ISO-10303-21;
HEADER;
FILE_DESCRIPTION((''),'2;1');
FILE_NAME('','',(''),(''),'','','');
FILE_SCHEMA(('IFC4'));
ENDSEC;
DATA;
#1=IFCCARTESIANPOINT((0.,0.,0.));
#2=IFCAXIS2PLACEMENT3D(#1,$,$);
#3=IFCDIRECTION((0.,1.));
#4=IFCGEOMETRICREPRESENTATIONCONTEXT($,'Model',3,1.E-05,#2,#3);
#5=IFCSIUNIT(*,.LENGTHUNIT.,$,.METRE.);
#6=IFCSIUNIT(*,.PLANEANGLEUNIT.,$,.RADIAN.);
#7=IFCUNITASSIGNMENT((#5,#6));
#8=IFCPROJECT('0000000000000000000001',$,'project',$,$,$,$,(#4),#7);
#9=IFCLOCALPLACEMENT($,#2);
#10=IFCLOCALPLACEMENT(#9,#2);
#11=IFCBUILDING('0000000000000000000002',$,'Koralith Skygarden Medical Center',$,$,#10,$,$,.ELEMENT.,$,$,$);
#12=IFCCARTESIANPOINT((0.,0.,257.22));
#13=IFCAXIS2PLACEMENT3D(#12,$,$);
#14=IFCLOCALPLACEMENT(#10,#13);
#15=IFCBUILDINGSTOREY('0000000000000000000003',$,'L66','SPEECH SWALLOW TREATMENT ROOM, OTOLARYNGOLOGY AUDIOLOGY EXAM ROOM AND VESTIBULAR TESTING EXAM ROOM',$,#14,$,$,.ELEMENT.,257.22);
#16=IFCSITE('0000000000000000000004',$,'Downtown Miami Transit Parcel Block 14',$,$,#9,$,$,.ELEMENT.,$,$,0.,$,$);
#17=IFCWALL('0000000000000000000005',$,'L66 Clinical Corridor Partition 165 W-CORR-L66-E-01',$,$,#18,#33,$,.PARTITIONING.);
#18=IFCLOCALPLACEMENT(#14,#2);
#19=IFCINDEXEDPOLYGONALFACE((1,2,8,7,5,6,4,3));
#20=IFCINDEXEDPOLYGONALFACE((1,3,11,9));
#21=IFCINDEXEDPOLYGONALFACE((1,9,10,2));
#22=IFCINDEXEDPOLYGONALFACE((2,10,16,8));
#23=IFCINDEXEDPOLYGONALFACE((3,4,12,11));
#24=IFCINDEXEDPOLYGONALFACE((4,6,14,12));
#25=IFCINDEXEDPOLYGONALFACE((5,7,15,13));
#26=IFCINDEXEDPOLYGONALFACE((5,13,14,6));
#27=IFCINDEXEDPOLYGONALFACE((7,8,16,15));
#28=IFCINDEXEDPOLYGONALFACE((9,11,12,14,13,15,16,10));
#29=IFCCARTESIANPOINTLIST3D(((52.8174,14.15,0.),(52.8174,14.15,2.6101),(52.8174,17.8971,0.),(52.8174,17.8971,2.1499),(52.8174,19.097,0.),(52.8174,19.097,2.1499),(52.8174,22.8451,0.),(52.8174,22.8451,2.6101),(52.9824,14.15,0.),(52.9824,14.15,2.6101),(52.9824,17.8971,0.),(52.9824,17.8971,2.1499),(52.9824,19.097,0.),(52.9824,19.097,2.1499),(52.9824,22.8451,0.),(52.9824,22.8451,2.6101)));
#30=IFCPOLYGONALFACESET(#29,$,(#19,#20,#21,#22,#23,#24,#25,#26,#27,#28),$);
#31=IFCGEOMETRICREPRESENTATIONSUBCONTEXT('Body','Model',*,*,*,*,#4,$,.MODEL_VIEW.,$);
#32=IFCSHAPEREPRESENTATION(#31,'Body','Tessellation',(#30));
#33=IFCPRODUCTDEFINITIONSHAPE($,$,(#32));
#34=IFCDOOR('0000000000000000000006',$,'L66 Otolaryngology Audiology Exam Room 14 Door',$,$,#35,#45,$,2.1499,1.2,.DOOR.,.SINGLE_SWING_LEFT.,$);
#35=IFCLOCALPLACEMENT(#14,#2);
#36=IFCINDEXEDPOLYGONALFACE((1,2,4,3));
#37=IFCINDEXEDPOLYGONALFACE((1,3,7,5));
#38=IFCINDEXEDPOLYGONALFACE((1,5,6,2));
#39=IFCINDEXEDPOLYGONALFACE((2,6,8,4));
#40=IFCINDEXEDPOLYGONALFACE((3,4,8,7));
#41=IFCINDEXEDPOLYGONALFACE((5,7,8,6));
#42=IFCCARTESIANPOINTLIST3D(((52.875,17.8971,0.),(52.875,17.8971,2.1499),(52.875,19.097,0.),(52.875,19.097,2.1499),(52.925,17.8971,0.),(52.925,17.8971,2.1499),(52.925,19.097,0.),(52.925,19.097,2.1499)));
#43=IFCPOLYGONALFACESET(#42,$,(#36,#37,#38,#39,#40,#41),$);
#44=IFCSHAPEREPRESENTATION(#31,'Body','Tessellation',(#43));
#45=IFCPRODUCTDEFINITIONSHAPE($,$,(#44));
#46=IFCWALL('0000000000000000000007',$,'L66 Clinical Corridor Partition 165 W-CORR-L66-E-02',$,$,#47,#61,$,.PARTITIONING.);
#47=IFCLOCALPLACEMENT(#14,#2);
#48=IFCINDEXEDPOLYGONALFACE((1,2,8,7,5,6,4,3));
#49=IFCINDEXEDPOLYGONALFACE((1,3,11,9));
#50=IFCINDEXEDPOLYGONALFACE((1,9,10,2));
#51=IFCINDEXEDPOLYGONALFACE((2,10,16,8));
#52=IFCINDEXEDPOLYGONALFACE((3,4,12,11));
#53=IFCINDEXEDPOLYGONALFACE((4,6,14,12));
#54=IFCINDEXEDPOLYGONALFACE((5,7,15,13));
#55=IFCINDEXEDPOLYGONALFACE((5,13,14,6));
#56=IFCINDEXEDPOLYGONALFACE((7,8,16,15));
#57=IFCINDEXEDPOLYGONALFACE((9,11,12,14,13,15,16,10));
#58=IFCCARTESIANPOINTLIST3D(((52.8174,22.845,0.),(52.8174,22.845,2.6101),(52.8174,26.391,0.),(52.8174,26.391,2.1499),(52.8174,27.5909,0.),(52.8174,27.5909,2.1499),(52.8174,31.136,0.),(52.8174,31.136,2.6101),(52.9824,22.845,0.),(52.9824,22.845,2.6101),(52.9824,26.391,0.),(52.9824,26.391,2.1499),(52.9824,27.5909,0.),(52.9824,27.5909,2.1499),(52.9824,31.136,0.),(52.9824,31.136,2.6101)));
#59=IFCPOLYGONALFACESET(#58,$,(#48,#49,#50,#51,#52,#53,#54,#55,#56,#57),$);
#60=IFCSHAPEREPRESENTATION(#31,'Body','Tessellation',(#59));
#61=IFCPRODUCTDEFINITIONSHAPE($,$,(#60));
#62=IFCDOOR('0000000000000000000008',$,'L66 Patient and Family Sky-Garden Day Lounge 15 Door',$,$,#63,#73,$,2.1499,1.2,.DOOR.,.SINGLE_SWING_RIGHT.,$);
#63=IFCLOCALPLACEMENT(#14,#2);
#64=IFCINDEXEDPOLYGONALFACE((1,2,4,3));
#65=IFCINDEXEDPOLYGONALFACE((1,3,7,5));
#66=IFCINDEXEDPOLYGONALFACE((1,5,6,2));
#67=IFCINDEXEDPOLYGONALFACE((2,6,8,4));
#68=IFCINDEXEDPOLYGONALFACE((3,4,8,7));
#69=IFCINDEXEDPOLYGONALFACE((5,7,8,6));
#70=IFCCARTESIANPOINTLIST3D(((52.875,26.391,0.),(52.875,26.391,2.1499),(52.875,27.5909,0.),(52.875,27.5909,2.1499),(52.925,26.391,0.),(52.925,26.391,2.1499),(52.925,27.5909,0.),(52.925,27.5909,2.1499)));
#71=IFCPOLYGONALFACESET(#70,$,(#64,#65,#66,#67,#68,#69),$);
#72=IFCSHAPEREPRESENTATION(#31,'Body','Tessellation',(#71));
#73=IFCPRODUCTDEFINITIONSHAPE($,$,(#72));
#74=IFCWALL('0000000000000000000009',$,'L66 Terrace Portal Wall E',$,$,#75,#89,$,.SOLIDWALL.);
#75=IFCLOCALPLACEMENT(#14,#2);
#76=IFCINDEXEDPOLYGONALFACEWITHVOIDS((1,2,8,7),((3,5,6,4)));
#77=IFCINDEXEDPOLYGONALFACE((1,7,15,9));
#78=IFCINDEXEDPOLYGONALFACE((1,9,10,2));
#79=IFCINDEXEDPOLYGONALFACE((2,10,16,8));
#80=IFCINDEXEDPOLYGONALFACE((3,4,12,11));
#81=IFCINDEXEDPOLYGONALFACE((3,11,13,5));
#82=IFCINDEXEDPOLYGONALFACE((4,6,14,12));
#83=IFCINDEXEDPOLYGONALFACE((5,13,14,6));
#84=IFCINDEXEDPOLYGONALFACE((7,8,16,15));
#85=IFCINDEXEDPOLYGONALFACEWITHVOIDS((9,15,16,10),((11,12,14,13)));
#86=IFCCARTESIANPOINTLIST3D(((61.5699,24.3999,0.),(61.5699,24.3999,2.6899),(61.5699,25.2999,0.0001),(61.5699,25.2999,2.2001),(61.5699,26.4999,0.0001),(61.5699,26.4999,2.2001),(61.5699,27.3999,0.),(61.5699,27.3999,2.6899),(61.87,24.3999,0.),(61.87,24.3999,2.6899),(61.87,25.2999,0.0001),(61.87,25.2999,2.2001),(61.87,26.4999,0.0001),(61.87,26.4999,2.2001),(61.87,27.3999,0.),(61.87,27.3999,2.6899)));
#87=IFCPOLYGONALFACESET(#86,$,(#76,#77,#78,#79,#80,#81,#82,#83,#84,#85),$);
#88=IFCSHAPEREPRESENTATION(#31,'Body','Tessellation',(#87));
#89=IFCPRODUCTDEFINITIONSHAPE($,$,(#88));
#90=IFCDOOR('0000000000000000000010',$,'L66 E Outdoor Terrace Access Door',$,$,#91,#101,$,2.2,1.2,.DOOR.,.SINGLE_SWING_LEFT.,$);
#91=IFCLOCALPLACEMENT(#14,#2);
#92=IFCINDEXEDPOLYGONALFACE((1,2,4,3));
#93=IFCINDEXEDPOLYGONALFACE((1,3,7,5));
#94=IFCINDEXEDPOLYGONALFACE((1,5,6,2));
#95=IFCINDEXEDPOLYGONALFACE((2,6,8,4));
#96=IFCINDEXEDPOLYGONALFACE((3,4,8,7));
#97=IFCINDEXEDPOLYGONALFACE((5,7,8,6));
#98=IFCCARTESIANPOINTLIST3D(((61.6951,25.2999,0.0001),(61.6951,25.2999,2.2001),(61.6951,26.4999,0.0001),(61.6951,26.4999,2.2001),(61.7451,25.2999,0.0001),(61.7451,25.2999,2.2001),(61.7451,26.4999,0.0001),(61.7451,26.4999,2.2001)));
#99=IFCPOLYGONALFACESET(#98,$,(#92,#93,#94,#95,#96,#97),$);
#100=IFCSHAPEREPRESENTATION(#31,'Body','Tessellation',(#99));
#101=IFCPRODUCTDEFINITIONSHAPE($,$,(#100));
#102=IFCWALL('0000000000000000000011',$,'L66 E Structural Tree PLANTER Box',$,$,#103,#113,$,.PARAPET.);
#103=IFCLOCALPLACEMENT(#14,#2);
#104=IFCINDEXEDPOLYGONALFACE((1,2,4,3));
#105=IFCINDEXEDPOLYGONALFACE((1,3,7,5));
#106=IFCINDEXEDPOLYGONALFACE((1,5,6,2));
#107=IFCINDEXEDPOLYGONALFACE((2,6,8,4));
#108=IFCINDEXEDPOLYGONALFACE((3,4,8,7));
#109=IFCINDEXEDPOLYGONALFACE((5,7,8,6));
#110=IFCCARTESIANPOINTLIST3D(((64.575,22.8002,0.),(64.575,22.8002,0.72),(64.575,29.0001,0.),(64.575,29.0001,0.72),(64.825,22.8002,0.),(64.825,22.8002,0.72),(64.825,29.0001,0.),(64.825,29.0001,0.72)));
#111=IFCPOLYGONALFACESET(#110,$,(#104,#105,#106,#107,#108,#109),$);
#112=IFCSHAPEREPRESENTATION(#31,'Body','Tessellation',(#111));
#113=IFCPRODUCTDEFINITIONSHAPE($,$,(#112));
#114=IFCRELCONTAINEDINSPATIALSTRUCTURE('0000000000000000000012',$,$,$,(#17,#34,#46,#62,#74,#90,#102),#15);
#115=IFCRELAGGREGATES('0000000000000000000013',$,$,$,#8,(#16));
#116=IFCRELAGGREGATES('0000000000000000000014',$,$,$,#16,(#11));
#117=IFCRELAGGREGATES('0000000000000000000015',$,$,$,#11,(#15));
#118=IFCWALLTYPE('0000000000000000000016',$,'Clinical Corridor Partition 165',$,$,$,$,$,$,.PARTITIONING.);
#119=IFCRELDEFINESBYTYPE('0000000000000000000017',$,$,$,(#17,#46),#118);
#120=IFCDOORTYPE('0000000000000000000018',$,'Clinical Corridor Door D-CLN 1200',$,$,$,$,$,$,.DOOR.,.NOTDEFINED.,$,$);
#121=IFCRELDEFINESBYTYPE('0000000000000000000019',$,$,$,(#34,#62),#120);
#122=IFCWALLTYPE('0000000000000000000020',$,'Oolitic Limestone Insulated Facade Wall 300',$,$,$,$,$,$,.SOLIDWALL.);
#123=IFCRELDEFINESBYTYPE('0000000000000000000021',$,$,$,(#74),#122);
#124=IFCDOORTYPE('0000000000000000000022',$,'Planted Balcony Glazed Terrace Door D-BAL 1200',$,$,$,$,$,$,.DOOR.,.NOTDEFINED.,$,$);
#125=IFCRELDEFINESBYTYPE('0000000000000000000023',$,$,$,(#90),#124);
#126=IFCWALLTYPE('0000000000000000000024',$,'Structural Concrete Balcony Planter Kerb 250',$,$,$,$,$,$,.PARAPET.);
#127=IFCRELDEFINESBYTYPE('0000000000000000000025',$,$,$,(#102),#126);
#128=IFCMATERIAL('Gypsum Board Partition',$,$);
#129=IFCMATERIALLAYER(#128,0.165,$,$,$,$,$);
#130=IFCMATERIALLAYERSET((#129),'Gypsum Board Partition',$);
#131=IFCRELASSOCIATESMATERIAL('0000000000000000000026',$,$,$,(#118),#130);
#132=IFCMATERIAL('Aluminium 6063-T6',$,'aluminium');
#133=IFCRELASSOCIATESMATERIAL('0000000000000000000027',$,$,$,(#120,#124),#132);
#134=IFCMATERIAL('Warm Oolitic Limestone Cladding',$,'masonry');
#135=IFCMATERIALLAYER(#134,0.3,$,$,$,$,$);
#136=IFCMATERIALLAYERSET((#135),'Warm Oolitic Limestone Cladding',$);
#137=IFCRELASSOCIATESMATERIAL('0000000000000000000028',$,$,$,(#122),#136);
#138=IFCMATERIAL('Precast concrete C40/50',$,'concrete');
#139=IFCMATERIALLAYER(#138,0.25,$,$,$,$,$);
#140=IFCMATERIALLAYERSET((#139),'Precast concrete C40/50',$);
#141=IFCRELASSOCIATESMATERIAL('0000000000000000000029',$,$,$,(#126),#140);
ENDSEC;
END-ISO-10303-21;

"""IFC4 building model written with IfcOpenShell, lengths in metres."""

from ifc_helpers import new_model, si_unit, direction, frame, frame_2d, origin, place, context, subcontext, project, spatial, rectangle, extrude, material, layer, layer_set, type_object, element, fill, save


model = new_model("IFC4")

# Units and contexts
model_context = context("Model", 3, precision=1e-05, world=origin(), true_north=direction((0.0, 1.0)))
body_context = subcontext(model_context, "Body", "Model", "MODEL_VIEW")
ifc_project = project(units=[si_unit("LENGTHUNIT", "METRE"), si_unit("PLANEANGLEUNIT", "RADIAN")], contexts=[model_context])

# Site, building, storey
site_placement = place(None, origin())
site = spatial("IfcSite", under=ifc_project, at=site_placement, Name="Downtown Miami Transit Parcel Block 14", CompositionType="ELEMENT", RefElevation=0.0)
building_placement = place(site_placement, origin())
building = spatial("IfcBuilding", under=site, at=building_placement, Name="Koralith Skygarden Medical Center", CompositionType="ELEMENT")
storey_placement = place(building_placement, frame((0.0, 0.0, 257.22)))
storey = spatial("IfcBuildingStorey", under=building, at=storey_placement, Name="L66", Description="SPEECH SWALLOW TREATMENT ROOM, OTOLARYNGOLOGY AUDIOLOGY EXAM ROOM AND VESTIBULAR TESTING EXAM ROOM", CompositionType="ELEMENT", Elevation=257.22)

# Shared definitions
ifc_material_1 = material(Name="Aluminium 6063-T6", Category="aluminium")

# Shared definitions
ifc_material_2 = material(Name="Gypsum Board Partition")

# Walls, openings, doors
ifc_layer_1 = layer(ifc_material_2, 0.165)
ifc_layer_set_1 = layer_set([ifc_layer_1], Name="Gypsum Board Partition")
wall_type_1 = type_object("IfcWallType", Name="Clinical Corridor Partition 165", PredefinedType="PARTITIONING", material=ifc_layer_set_1)
wall_1_placement = place(storey_placement, frame((52.8999, 14.1499, 0.0), z_axis=(0.0, 0.0, 1.0), x_axis=(0.0, 1.0, 0.0)))
wall_1 = element("IfcWall", 1, at=wall_1_placement, inside=storey, type_object=wall_type_1, Name="L66 Clinical Corridor Partition 165 W-CORR-L66-E-01", PredefinedType="PARTITIONING", context=body_context, shape_type="SweptSolid", body=[
    extrude(rectangle(XDim=8.6951, YDim=0.165, at=frame_2d((4.3477, 0.0))), origin(), (0.0, 0.0, 1.0), 2.6101),
])
opening_1_placement = place(wall_1_placement, frame((3.7471, 0.0, 0.0)))
opening_1 = element("IfcOpeningElement", 2, at=opening_1_placement, cuts=wall_1, PredefinedType="OPENING", context=body_context, shape_type="SweptSolid", body=[
    extrude(rectangle(XDim=1.2, YDim=2.1499, at=frame_2d((0.6001, 1.075))), frame((0.0, 0.0925, 0.0), z_axis=(0.0, -1.0, 0.0), x_axis=(1.0, 0.0, 0.0)), (0.0, 0.0, 1.0), 0.1851),
])
door_type_1 = type_object("IfcDoorType", Name="Clinical Corridor Door D-CLN 1200", OperationType="NOTDEFINED", PredefinedType="DOOR", material=ifc_material_1)
door_1_placement = place(opening_1_placement, origin())
door_1 = element("IfcDoor", 3, at=door_1_placement, inside=storey, type_object=door_type_1, Name="L66 Otolaryngology Audiology Exam Room 14 Door", OperationType="SINGLE_SWING_LEFT", OverallHeight=2.1499, OverallWidth=1.2, PredefinedType="DOOR", context=body_context, shape_type="SweptSolid", body=[
    extrude(rectangle(XDim=1.2, YDim=2.1499, at=frame_2d((0.6001, 1.075))), frame((0.0, 0.0249, 0.0), z_axis=(0.0, -1.0, 0.0), x_axis=(1.0, 0.0, 0.0)), (0.0, 0.0, 1.0), 0.05),
])
fill(opening_1, door_1)
wall_2_placement = place(storey_placement, frame((52.8999, 22.845, 0.0), z_axis=(0.0, 0.0, 1.0), x_axis=(0.0, 1.0, 0.0)))
wall_2 = element("IfcWall", 4, at=wall_2_placement, inside=storey, type_object=wall_type_1, Name="L66 Clinical Corridor Partition 165 W-CORR-L66-E-02", PredefinedType="PARTITIONING", context=body_context, shape_type="SweptSolid", body=[
    extrude(rectangle(XDim=8.291, YDim=0.165, at=frame_2d((4.1455, 0.0))), origin(), (0.0, 0.0, 1.0), 2.6101),
])
opening_2_placement = place(wall_2_placement, frame((3.5459, 0.0, 0.0)))
opening_2 = element("IfcOpeningElement", 5, at=opening_2_placement, cuts=wall_2, PredefinedType="OPENING", context=body_context, shape_type="SweptSolid", body=[
    extrude(rectangle(XDim=1.2, YDim=2.1499, at=frame_2d((0.6001, 1.075))), frame((0.0, 0.0925, 0.0), z_axis=(0.0, -1.0, 0.0), x_axis=(1.0, 0.0, 0.0)), (0.0, 0.0, 1.0), 0.1851),
])
door_2_placement = place(opening_2_placement, origin())
door_2 = element("IfcDoor", 6, at=door_2_placement, inside=storey, type_object=door_type_1, Name="L66 Patient and Family Sky-Garden Day Lounge 15 Door", OperationType="SINGLE_SWING_RIGHT", OverallHeight=2.1499, OverallWidth=1.2, PredefinedType="DOOR", context=body_context, shape_type="SweptSolid", body=[
    extrude(rectangle(XDim=1.2, YDim=2.1499, at=frame_2d((0.6001, 1.075))), frame((0.0, 0.0249, 0.0), z_axis=(0.0, -1.0, 0.0), x_axis=(1.0, 0.0, 0.0)), (0.0, 0.0, 1.0), 0.05),
])
fill(opening_2, door_2)
ifc_material_3 = material(Name="Warm Oolitic Limestone Cladding", Category="masonry")
ifc_layer_2 = layer(ifc_material_3, 0.3)
ifc_layer_set_2 = layer_set([ifc_layer_2], Name="Warm Oolitic Limestone Cladding")
wall_type_2 = type_object("IfcWallType", Name="Oolitic Limestone Insulated Facade Wall 300", PredefinedType="SOLIDWALL", material=ifc_layer_set_2)
wall_3_placement = place(storey_placement, frame((61.72, 24.3999, 0.0), z_axis=(0.0, 0.0, 1.0), x_axis=(0.0, 1.0, 0.0)))
wall_3 = element("IfcWall", 7, at=wall_3_placement, inside=storey, type_object=wall_type_2, Name="L66 Terrace Portal Wall E", PredefinedType="SOLIDWALL", context=body_context, shape_type="SweptSolid", body=[
    extrude(rectangle(XDim=3.0, YDim=0.3, at=frame_2d((1.5, 0.0))), origin(), (0.0, 0.0, 1.0), 2.6899),
])
opening_3_placement = place(wall_3_placement, frame((0.8999, 0.0, 0.0)))
opening_3 = element("IfcOpeningElement", 8, at=opening_3_placement, cuts=wall_3, PredefinedType="OPENING", context=body_context, shape_type="SweptSolid", body=[
    extrude(rectangle(XDim=1.2, YDim=2.2, at=frame_2d((0.6001, 1.1001))), frame((0.0, 0.1599, 0.0), z_axis=(0.0, -1.0, 0.0), x_axis=(1.0, 0.0, 0.0)), (0.0, 0.0, 1.0), 0.3201),
])
door_type_2 = type_object("IfcDoorType", Name="Planted Balcony Glazed Terrace Door D-BAL 1200", OperationType="NOTDEFINED", PredefinedType="DOOR", material=ifc_material_1)
door_3_placement = place(opening_3_placement, origin())
door_3 = element("IfcDoor", 9, at=door_3_placement, inside=storey, type_object=door_type_2, Name="L66 E Outdoor Terrace Access Door", OperationType="SINGLE_SWING_LEFT", OverallHeight=2.2, OverallWidth=1.2, PredefinedType="DOOR", context=body_context, shape_type="SweptSolid", body=[
    extrude(rectangle(XDim=1.2, YDim=2.2, at=frame_2d((0.6001, 1.1001))), frame((0.0, 0.0249, 0.0), z_axis=(0.0, -1.0, 0.0), x_axis=(1.0, 0.0, 0.0)), (0.0, 0.0, 1.0), 0.05),
])
fill(opening_3, door_3)

# Wall
ifc_material_4 = material(Name="Precast concrete C40/50", Category="concrete")
ifc_layer_3 = layer(ifc_material_4, 0.25)
ifc_layer_set_3 = layer_set([ifc_layer_3], Name="Precast concrete C40/50")
wall_type_3 = type_object("IfcWallType", Name="Structural Concrete Balcony Planter Kerb 250", PredefinedType="PARAPET", material=ifc_layer_set_3)
wall_4_placement = place(storey_placement, frame((64.7, 22.8, 0.0), z_axis=(0.0, 0.0, 1.0), x_axis=(0.0, 1.0, 0.0)))
element("IfcWall", 10, at=wall_4_placement, inside=storey, type_object=wall_type_3, Name="L66 E Structural Tree PLANTER Box", PredefinedType="PARAPET", context=body_context, shape_type="SweptSolid", body=[
    extrude(rectangle(XDim=6.2, YDim=0.25, at=frame_2d((3.1001, 0.0))), origin(), (0.0, 0.0, 1.0), 0.72),
])

save(model, "model.ifc")
